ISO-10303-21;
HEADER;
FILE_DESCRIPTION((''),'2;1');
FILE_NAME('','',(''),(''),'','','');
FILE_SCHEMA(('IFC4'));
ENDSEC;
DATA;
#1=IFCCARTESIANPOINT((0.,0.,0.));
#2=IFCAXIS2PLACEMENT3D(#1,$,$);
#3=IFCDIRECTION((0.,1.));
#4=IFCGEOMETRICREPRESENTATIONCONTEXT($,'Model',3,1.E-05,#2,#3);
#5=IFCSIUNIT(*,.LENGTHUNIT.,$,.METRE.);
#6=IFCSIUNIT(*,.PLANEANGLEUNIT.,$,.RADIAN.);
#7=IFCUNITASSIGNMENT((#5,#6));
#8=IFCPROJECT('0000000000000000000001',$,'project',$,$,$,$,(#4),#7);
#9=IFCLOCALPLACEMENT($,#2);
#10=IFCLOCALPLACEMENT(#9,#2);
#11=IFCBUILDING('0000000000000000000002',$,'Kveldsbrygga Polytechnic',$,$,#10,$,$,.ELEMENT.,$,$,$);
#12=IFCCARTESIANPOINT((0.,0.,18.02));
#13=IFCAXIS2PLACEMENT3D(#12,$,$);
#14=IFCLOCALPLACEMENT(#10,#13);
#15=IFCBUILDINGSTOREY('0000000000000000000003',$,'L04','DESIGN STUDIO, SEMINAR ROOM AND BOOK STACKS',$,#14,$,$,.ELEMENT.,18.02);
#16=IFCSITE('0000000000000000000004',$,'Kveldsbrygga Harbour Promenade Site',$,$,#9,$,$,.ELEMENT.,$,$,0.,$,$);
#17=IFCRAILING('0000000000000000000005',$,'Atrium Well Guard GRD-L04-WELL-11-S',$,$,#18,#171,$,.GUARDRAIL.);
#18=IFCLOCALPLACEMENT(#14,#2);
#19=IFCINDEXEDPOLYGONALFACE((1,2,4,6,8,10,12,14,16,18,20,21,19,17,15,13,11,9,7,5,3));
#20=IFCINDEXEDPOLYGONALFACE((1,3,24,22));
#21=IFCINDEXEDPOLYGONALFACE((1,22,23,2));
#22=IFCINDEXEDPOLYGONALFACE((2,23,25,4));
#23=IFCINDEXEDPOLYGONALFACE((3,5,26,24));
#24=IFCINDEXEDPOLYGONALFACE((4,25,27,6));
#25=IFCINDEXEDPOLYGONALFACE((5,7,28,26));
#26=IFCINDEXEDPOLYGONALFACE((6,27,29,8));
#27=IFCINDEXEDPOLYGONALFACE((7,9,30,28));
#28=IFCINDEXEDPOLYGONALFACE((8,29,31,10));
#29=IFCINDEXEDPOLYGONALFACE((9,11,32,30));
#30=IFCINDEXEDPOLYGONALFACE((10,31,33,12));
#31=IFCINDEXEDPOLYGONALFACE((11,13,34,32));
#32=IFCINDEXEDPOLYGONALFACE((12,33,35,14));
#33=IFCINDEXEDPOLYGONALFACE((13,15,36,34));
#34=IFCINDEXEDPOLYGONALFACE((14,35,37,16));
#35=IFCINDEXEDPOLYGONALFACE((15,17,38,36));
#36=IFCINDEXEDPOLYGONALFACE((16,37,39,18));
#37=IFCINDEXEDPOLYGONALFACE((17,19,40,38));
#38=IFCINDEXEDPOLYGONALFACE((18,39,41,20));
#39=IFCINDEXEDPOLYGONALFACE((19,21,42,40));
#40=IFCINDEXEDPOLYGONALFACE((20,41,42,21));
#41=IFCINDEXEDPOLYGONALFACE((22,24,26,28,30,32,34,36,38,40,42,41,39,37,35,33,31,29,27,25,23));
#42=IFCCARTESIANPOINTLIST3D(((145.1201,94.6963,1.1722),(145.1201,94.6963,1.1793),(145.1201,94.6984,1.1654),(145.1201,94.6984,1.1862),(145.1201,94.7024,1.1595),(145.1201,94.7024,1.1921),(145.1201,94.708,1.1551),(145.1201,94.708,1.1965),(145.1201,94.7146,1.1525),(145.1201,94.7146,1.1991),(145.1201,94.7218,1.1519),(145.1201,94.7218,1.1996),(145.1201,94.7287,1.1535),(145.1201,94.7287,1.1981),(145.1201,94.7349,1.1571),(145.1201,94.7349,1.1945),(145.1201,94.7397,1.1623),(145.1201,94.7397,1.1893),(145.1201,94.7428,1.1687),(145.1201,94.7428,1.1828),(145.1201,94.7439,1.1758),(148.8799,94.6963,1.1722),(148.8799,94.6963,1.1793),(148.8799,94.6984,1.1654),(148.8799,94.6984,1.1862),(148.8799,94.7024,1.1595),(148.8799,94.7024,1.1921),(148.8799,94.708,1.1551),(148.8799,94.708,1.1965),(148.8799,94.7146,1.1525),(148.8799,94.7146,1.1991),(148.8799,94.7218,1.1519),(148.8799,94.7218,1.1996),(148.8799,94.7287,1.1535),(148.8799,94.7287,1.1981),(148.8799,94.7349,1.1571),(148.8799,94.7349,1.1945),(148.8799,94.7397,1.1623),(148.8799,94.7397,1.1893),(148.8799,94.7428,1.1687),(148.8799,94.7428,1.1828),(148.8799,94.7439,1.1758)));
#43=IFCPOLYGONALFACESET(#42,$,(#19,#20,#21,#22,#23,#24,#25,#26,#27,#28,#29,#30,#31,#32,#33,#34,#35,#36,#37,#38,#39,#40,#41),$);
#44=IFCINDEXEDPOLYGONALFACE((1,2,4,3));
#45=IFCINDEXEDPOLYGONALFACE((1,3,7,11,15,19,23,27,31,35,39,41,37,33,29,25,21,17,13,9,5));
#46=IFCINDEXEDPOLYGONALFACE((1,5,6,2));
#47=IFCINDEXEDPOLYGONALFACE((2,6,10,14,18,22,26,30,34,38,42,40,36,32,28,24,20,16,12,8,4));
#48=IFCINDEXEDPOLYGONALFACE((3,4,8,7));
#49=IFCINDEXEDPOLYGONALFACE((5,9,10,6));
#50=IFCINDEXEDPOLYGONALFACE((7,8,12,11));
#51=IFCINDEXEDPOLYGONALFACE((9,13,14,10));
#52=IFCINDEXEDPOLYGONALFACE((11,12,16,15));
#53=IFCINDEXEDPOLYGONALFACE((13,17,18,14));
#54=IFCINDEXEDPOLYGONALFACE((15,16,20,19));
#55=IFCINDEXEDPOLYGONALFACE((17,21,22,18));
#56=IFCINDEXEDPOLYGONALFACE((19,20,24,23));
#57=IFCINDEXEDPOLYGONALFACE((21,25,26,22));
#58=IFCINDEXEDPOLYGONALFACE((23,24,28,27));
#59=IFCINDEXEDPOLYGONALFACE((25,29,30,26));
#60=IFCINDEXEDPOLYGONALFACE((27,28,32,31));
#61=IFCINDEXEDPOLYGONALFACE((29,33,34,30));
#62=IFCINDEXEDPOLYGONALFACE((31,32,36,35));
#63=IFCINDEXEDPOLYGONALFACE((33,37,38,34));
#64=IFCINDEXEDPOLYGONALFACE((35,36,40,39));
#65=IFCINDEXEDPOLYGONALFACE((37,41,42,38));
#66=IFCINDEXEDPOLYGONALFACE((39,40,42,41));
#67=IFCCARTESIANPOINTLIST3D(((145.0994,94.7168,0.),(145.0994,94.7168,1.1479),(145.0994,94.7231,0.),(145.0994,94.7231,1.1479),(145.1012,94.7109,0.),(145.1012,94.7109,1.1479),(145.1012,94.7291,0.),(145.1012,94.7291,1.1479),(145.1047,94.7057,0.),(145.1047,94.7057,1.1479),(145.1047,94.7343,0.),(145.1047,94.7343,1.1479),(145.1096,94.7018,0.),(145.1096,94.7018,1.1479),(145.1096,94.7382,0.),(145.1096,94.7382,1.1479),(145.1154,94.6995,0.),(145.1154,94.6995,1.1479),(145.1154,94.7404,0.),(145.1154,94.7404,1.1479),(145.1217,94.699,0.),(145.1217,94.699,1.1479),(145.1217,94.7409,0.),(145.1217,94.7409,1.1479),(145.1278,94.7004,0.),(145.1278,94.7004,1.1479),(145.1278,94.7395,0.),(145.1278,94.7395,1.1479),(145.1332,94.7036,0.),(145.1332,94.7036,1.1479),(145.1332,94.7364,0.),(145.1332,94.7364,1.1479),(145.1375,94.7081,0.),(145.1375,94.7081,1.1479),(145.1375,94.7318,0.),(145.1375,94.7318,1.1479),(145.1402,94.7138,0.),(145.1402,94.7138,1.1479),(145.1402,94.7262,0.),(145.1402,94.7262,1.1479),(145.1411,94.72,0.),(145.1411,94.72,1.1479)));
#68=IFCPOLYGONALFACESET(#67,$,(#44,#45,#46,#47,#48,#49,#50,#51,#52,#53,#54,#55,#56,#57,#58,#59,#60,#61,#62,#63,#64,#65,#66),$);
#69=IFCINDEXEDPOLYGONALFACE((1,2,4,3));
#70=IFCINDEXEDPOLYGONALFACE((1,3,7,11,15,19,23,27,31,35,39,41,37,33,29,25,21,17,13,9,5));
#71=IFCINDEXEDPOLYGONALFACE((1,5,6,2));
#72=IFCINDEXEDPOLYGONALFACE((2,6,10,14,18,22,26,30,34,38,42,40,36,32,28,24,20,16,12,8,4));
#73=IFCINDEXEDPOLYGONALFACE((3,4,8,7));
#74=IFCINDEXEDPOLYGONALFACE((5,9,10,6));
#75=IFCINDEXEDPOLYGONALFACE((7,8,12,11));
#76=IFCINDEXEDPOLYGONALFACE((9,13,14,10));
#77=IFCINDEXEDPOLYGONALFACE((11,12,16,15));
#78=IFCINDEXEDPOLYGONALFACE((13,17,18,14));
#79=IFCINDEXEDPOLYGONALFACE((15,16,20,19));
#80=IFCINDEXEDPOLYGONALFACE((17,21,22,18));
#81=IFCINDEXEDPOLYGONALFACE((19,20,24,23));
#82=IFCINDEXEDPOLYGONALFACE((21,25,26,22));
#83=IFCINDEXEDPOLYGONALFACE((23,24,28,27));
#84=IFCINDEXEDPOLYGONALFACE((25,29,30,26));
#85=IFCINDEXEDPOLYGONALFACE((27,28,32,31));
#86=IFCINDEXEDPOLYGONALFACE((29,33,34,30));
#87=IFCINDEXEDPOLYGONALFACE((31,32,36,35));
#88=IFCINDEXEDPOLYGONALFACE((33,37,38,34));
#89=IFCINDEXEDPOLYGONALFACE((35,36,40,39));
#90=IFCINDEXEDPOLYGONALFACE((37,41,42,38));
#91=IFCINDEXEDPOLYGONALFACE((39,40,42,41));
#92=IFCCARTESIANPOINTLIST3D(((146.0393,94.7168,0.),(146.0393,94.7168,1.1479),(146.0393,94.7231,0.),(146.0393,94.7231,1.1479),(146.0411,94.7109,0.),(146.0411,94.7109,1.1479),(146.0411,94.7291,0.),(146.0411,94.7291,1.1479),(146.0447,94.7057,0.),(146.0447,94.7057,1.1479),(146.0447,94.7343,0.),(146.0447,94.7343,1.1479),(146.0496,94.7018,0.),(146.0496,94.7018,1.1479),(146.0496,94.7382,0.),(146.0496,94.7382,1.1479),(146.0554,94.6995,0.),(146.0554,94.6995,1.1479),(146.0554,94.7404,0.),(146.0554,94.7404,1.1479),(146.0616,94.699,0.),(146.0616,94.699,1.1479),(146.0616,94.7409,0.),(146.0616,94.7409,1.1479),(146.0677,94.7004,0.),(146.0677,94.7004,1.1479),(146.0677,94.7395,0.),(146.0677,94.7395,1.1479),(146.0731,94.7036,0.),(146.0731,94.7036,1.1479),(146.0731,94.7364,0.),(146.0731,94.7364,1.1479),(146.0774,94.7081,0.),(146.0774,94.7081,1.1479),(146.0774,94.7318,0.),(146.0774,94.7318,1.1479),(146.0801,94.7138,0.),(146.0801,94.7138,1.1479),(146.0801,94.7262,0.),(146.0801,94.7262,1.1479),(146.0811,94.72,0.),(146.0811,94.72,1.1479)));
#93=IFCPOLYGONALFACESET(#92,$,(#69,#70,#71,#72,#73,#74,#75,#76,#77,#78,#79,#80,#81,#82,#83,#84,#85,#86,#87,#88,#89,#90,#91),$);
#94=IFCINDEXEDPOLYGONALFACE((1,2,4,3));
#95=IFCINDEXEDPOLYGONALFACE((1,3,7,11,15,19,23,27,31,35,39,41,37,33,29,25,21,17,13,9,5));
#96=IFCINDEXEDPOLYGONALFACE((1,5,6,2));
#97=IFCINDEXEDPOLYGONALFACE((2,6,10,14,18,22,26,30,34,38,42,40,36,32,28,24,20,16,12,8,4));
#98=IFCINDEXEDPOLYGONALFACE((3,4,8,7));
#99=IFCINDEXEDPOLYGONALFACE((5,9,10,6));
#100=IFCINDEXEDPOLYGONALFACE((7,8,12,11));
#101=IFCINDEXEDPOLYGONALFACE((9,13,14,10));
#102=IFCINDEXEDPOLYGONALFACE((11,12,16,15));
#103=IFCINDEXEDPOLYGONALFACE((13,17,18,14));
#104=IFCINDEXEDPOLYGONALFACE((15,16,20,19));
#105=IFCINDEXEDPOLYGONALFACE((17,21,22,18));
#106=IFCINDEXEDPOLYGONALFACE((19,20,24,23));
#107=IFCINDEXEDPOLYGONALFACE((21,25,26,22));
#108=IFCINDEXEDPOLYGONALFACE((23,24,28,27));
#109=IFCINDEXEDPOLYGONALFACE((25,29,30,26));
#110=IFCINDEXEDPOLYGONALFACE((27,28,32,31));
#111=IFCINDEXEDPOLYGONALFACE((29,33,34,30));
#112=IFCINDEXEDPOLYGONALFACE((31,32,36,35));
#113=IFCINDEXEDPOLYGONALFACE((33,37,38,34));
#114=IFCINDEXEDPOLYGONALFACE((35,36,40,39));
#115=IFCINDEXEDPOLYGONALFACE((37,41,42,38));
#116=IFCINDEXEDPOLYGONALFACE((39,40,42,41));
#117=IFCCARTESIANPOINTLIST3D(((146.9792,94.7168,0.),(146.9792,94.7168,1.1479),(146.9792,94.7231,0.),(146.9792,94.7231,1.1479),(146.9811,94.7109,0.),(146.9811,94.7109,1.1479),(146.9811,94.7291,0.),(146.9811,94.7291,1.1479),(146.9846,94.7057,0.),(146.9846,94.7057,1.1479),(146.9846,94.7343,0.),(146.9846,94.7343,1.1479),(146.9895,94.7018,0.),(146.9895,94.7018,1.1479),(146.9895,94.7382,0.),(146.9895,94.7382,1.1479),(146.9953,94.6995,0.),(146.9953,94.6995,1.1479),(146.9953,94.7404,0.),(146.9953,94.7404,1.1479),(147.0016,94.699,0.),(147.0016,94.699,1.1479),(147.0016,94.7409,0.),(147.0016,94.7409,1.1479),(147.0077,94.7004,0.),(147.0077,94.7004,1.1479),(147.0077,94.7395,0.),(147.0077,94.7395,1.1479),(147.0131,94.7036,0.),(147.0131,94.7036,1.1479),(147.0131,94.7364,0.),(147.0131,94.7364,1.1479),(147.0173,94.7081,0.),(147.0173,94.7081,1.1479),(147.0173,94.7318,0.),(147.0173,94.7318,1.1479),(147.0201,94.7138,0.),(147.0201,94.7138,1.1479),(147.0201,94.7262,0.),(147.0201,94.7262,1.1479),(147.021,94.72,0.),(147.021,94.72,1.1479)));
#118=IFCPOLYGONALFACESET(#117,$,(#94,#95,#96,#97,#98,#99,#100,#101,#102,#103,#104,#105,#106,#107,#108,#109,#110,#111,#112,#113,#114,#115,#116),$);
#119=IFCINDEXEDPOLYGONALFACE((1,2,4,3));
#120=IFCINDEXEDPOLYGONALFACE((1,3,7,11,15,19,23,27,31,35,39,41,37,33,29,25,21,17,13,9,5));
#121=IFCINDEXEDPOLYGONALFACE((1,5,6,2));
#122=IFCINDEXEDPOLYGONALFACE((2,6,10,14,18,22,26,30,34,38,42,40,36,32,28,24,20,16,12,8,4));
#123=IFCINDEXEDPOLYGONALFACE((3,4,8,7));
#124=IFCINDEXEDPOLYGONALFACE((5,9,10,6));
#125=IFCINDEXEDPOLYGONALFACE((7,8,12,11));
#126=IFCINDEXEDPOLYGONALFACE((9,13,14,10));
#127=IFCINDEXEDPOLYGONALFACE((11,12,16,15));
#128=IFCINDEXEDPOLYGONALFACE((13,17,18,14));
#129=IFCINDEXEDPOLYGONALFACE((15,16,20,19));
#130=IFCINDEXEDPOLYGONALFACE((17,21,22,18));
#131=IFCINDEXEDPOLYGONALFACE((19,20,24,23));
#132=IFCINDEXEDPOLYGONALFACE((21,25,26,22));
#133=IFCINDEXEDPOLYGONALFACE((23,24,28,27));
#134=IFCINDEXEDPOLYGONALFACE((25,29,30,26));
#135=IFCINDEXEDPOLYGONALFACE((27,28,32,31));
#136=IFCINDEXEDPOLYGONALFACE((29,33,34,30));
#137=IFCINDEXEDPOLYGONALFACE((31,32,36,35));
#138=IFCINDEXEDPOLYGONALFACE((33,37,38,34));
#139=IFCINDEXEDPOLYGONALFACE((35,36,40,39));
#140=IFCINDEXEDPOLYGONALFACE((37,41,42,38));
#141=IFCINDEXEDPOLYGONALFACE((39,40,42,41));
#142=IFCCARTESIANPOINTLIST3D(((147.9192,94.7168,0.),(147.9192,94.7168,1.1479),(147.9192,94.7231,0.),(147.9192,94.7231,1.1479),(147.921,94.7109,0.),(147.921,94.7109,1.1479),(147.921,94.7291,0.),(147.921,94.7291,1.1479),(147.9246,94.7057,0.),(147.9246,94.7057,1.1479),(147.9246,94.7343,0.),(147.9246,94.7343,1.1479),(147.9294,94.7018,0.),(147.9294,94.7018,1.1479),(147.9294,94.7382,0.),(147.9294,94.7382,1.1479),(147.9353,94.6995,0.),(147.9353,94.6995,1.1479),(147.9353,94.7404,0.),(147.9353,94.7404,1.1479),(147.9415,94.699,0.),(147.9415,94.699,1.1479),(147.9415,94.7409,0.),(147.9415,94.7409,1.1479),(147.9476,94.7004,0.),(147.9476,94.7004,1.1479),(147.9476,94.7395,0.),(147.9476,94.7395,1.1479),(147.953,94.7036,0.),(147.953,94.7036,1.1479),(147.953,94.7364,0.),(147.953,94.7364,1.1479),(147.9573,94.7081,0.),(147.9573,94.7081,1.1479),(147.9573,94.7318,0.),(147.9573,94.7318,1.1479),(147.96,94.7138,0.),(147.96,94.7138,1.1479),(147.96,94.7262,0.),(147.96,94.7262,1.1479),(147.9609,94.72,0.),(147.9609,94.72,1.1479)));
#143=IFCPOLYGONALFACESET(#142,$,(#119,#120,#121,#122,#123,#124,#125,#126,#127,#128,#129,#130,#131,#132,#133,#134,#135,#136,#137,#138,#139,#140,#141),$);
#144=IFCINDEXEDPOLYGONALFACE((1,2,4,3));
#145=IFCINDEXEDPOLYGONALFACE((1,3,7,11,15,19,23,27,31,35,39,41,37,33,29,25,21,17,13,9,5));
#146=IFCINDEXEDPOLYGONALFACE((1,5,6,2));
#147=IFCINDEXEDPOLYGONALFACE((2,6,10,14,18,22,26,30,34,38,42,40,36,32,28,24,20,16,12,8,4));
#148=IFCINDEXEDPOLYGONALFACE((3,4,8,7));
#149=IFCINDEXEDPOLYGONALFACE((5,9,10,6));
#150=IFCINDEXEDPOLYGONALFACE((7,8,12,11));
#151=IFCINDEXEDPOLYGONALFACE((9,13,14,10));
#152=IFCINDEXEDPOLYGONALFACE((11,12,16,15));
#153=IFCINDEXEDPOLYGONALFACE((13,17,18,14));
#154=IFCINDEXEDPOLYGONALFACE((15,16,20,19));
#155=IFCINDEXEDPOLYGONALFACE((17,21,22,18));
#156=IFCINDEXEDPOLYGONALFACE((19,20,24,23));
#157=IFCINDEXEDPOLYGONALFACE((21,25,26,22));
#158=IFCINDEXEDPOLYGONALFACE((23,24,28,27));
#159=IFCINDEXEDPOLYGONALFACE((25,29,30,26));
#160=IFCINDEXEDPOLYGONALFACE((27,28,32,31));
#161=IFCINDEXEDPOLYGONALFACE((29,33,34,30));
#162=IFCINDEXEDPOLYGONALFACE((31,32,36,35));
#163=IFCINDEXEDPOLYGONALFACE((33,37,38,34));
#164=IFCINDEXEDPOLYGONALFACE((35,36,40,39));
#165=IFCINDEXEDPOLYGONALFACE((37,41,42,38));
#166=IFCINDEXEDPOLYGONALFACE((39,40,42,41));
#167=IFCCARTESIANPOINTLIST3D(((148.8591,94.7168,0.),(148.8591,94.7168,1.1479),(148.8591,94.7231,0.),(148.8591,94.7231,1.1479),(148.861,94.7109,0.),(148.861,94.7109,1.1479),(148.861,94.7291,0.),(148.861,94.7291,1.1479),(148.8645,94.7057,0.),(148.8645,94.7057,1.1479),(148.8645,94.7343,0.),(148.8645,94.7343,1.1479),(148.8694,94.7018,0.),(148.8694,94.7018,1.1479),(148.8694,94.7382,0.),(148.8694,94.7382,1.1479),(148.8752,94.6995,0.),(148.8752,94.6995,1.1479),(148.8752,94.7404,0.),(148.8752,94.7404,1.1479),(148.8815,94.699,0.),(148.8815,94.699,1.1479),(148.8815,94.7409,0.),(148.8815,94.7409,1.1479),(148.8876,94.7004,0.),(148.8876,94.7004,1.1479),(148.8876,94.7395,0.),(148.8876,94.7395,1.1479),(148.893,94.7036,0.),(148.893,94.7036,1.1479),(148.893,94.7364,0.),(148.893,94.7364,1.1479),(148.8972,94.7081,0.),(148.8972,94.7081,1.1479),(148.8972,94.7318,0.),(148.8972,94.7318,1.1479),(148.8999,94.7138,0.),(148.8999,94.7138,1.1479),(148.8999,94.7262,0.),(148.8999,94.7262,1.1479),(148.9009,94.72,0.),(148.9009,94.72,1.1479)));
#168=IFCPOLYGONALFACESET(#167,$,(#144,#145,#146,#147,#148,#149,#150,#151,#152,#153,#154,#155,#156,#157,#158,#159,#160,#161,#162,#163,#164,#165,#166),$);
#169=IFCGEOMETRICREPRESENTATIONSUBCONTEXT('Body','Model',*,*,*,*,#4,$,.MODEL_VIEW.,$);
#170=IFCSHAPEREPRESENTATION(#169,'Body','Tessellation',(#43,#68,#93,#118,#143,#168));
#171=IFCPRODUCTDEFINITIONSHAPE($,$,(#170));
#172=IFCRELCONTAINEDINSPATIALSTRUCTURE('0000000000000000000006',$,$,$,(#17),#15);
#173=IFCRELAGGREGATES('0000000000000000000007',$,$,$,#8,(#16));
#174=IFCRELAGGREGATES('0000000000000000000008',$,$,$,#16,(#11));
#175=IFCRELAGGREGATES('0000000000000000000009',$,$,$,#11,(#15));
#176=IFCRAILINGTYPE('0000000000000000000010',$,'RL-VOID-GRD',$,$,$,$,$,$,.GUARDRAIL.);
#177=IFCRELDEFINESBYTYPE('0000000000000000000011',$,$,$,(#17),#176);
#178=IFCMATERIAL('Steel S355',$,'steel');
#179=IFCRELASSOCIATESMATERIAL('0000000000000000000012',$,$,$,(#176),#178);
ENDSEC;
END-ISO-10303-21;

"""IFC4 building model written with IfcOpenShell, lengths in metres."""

from ifc_helpers import new_model, si_unit, direction, frame, origin, origin_2d, place, context, subcontext, project, spatial, circle, extrude, material, type_object, element, save


model = new_model("IFC4")

# Units and contexts
model_context = context("Model", 3, precision=1e-05, world=origin(), true_north=direction((0.0, 1.0)))
body_context = subcontext(model_context, "Body", "Model", "MODEL_VIEW")
ifc_project = project(units=[si_unit("LENGTHUNIT", "METRE"), si_unit("PLANEANGLEUNIT", "RADIAN")], contexts=[model_context])

# Site, building, storey
site_placement = place(None, origin())
site = spatial("IfcSite", under=ifc_project, at=site_placement, Name="Kveldsbrygga Harbour Promenade Site", CompositionType="ELEMENT", RefElevation=0.0)
building_placement = place(site_placement, origin())
building = spatial("IfcBuilding", under=site, at=building_placement, Name="Kveldsbrygga Polytechnic", CompositionType="ELEMENT")
storey_placement = place(building_placement, frame((0.0, 0.0, 18.02)))
storey = spatial("IfcBuildingStorey", under=building, at=storey_placement, Name="L04", Description="DESIGN STUDIO, SEMINAR ROOM AND BOOK STACKS", CompositionType="ELEMENT", Elevation=18.02)

# Shared definitions
ifc_material_1 = material(Name="Steel S355", Category="steel")

# Railing
railing_type = type_object("IfcRailingType", Name="RL-VOID-GRD", PredefinedType="GUARDRAIL", material=ifc_material_1)
railing_1_placement = place(storey_placement, frame((145.1201, 94.72, 0.0)))
element("IfcRailing", 1, at=railing_1_placement, inside=storey, type_object=railing_type, Name="Atrium Well Guard GRD-L04-WELL-11-S", PredefinedType="GUARDRAIL", context=body_context, shape_type="SweptSolid", body=[
    extrude(circle(Radius=0.0239, at=origin_2d()), frame((0.0, 0.0, 1.1758), z_axis=(1.0, 0.0, 0.0), x_axis=(0.0, 1.0, 0.0)), (0.0, 0.0, 1.0), 3.7598),
    extrude(circle(Radius=0.021, at=origin_2d()), origin(), (0.0, 0.0, 1.0), 1.1479),
    extrude(circle(Radius=0.021, at=origin_2d()), frame((0.9399, 0.0, 0.0)), (0.0, 0.0, 1.0), 1.1479),
    extrude(circle(Radius=0.021, at=origin_2d()), frame((1.8799, 0.0, 0.0)), (0.0, 0.0, 1.0), 1.1479),
    extrude(circle(Radius=0.021, at=origin_2d()), frame((2.8198, 0.0, 0.0)), (0.0, 0.0, 1.0), 1.1479),
    extrude(circle(Radius=0.021, at=origin_2d()), frame((3.7598, 0.0, 0.0)), (0.0, 0.0, 1.0), 1.1479),
])

save(model, "model.ifc")
